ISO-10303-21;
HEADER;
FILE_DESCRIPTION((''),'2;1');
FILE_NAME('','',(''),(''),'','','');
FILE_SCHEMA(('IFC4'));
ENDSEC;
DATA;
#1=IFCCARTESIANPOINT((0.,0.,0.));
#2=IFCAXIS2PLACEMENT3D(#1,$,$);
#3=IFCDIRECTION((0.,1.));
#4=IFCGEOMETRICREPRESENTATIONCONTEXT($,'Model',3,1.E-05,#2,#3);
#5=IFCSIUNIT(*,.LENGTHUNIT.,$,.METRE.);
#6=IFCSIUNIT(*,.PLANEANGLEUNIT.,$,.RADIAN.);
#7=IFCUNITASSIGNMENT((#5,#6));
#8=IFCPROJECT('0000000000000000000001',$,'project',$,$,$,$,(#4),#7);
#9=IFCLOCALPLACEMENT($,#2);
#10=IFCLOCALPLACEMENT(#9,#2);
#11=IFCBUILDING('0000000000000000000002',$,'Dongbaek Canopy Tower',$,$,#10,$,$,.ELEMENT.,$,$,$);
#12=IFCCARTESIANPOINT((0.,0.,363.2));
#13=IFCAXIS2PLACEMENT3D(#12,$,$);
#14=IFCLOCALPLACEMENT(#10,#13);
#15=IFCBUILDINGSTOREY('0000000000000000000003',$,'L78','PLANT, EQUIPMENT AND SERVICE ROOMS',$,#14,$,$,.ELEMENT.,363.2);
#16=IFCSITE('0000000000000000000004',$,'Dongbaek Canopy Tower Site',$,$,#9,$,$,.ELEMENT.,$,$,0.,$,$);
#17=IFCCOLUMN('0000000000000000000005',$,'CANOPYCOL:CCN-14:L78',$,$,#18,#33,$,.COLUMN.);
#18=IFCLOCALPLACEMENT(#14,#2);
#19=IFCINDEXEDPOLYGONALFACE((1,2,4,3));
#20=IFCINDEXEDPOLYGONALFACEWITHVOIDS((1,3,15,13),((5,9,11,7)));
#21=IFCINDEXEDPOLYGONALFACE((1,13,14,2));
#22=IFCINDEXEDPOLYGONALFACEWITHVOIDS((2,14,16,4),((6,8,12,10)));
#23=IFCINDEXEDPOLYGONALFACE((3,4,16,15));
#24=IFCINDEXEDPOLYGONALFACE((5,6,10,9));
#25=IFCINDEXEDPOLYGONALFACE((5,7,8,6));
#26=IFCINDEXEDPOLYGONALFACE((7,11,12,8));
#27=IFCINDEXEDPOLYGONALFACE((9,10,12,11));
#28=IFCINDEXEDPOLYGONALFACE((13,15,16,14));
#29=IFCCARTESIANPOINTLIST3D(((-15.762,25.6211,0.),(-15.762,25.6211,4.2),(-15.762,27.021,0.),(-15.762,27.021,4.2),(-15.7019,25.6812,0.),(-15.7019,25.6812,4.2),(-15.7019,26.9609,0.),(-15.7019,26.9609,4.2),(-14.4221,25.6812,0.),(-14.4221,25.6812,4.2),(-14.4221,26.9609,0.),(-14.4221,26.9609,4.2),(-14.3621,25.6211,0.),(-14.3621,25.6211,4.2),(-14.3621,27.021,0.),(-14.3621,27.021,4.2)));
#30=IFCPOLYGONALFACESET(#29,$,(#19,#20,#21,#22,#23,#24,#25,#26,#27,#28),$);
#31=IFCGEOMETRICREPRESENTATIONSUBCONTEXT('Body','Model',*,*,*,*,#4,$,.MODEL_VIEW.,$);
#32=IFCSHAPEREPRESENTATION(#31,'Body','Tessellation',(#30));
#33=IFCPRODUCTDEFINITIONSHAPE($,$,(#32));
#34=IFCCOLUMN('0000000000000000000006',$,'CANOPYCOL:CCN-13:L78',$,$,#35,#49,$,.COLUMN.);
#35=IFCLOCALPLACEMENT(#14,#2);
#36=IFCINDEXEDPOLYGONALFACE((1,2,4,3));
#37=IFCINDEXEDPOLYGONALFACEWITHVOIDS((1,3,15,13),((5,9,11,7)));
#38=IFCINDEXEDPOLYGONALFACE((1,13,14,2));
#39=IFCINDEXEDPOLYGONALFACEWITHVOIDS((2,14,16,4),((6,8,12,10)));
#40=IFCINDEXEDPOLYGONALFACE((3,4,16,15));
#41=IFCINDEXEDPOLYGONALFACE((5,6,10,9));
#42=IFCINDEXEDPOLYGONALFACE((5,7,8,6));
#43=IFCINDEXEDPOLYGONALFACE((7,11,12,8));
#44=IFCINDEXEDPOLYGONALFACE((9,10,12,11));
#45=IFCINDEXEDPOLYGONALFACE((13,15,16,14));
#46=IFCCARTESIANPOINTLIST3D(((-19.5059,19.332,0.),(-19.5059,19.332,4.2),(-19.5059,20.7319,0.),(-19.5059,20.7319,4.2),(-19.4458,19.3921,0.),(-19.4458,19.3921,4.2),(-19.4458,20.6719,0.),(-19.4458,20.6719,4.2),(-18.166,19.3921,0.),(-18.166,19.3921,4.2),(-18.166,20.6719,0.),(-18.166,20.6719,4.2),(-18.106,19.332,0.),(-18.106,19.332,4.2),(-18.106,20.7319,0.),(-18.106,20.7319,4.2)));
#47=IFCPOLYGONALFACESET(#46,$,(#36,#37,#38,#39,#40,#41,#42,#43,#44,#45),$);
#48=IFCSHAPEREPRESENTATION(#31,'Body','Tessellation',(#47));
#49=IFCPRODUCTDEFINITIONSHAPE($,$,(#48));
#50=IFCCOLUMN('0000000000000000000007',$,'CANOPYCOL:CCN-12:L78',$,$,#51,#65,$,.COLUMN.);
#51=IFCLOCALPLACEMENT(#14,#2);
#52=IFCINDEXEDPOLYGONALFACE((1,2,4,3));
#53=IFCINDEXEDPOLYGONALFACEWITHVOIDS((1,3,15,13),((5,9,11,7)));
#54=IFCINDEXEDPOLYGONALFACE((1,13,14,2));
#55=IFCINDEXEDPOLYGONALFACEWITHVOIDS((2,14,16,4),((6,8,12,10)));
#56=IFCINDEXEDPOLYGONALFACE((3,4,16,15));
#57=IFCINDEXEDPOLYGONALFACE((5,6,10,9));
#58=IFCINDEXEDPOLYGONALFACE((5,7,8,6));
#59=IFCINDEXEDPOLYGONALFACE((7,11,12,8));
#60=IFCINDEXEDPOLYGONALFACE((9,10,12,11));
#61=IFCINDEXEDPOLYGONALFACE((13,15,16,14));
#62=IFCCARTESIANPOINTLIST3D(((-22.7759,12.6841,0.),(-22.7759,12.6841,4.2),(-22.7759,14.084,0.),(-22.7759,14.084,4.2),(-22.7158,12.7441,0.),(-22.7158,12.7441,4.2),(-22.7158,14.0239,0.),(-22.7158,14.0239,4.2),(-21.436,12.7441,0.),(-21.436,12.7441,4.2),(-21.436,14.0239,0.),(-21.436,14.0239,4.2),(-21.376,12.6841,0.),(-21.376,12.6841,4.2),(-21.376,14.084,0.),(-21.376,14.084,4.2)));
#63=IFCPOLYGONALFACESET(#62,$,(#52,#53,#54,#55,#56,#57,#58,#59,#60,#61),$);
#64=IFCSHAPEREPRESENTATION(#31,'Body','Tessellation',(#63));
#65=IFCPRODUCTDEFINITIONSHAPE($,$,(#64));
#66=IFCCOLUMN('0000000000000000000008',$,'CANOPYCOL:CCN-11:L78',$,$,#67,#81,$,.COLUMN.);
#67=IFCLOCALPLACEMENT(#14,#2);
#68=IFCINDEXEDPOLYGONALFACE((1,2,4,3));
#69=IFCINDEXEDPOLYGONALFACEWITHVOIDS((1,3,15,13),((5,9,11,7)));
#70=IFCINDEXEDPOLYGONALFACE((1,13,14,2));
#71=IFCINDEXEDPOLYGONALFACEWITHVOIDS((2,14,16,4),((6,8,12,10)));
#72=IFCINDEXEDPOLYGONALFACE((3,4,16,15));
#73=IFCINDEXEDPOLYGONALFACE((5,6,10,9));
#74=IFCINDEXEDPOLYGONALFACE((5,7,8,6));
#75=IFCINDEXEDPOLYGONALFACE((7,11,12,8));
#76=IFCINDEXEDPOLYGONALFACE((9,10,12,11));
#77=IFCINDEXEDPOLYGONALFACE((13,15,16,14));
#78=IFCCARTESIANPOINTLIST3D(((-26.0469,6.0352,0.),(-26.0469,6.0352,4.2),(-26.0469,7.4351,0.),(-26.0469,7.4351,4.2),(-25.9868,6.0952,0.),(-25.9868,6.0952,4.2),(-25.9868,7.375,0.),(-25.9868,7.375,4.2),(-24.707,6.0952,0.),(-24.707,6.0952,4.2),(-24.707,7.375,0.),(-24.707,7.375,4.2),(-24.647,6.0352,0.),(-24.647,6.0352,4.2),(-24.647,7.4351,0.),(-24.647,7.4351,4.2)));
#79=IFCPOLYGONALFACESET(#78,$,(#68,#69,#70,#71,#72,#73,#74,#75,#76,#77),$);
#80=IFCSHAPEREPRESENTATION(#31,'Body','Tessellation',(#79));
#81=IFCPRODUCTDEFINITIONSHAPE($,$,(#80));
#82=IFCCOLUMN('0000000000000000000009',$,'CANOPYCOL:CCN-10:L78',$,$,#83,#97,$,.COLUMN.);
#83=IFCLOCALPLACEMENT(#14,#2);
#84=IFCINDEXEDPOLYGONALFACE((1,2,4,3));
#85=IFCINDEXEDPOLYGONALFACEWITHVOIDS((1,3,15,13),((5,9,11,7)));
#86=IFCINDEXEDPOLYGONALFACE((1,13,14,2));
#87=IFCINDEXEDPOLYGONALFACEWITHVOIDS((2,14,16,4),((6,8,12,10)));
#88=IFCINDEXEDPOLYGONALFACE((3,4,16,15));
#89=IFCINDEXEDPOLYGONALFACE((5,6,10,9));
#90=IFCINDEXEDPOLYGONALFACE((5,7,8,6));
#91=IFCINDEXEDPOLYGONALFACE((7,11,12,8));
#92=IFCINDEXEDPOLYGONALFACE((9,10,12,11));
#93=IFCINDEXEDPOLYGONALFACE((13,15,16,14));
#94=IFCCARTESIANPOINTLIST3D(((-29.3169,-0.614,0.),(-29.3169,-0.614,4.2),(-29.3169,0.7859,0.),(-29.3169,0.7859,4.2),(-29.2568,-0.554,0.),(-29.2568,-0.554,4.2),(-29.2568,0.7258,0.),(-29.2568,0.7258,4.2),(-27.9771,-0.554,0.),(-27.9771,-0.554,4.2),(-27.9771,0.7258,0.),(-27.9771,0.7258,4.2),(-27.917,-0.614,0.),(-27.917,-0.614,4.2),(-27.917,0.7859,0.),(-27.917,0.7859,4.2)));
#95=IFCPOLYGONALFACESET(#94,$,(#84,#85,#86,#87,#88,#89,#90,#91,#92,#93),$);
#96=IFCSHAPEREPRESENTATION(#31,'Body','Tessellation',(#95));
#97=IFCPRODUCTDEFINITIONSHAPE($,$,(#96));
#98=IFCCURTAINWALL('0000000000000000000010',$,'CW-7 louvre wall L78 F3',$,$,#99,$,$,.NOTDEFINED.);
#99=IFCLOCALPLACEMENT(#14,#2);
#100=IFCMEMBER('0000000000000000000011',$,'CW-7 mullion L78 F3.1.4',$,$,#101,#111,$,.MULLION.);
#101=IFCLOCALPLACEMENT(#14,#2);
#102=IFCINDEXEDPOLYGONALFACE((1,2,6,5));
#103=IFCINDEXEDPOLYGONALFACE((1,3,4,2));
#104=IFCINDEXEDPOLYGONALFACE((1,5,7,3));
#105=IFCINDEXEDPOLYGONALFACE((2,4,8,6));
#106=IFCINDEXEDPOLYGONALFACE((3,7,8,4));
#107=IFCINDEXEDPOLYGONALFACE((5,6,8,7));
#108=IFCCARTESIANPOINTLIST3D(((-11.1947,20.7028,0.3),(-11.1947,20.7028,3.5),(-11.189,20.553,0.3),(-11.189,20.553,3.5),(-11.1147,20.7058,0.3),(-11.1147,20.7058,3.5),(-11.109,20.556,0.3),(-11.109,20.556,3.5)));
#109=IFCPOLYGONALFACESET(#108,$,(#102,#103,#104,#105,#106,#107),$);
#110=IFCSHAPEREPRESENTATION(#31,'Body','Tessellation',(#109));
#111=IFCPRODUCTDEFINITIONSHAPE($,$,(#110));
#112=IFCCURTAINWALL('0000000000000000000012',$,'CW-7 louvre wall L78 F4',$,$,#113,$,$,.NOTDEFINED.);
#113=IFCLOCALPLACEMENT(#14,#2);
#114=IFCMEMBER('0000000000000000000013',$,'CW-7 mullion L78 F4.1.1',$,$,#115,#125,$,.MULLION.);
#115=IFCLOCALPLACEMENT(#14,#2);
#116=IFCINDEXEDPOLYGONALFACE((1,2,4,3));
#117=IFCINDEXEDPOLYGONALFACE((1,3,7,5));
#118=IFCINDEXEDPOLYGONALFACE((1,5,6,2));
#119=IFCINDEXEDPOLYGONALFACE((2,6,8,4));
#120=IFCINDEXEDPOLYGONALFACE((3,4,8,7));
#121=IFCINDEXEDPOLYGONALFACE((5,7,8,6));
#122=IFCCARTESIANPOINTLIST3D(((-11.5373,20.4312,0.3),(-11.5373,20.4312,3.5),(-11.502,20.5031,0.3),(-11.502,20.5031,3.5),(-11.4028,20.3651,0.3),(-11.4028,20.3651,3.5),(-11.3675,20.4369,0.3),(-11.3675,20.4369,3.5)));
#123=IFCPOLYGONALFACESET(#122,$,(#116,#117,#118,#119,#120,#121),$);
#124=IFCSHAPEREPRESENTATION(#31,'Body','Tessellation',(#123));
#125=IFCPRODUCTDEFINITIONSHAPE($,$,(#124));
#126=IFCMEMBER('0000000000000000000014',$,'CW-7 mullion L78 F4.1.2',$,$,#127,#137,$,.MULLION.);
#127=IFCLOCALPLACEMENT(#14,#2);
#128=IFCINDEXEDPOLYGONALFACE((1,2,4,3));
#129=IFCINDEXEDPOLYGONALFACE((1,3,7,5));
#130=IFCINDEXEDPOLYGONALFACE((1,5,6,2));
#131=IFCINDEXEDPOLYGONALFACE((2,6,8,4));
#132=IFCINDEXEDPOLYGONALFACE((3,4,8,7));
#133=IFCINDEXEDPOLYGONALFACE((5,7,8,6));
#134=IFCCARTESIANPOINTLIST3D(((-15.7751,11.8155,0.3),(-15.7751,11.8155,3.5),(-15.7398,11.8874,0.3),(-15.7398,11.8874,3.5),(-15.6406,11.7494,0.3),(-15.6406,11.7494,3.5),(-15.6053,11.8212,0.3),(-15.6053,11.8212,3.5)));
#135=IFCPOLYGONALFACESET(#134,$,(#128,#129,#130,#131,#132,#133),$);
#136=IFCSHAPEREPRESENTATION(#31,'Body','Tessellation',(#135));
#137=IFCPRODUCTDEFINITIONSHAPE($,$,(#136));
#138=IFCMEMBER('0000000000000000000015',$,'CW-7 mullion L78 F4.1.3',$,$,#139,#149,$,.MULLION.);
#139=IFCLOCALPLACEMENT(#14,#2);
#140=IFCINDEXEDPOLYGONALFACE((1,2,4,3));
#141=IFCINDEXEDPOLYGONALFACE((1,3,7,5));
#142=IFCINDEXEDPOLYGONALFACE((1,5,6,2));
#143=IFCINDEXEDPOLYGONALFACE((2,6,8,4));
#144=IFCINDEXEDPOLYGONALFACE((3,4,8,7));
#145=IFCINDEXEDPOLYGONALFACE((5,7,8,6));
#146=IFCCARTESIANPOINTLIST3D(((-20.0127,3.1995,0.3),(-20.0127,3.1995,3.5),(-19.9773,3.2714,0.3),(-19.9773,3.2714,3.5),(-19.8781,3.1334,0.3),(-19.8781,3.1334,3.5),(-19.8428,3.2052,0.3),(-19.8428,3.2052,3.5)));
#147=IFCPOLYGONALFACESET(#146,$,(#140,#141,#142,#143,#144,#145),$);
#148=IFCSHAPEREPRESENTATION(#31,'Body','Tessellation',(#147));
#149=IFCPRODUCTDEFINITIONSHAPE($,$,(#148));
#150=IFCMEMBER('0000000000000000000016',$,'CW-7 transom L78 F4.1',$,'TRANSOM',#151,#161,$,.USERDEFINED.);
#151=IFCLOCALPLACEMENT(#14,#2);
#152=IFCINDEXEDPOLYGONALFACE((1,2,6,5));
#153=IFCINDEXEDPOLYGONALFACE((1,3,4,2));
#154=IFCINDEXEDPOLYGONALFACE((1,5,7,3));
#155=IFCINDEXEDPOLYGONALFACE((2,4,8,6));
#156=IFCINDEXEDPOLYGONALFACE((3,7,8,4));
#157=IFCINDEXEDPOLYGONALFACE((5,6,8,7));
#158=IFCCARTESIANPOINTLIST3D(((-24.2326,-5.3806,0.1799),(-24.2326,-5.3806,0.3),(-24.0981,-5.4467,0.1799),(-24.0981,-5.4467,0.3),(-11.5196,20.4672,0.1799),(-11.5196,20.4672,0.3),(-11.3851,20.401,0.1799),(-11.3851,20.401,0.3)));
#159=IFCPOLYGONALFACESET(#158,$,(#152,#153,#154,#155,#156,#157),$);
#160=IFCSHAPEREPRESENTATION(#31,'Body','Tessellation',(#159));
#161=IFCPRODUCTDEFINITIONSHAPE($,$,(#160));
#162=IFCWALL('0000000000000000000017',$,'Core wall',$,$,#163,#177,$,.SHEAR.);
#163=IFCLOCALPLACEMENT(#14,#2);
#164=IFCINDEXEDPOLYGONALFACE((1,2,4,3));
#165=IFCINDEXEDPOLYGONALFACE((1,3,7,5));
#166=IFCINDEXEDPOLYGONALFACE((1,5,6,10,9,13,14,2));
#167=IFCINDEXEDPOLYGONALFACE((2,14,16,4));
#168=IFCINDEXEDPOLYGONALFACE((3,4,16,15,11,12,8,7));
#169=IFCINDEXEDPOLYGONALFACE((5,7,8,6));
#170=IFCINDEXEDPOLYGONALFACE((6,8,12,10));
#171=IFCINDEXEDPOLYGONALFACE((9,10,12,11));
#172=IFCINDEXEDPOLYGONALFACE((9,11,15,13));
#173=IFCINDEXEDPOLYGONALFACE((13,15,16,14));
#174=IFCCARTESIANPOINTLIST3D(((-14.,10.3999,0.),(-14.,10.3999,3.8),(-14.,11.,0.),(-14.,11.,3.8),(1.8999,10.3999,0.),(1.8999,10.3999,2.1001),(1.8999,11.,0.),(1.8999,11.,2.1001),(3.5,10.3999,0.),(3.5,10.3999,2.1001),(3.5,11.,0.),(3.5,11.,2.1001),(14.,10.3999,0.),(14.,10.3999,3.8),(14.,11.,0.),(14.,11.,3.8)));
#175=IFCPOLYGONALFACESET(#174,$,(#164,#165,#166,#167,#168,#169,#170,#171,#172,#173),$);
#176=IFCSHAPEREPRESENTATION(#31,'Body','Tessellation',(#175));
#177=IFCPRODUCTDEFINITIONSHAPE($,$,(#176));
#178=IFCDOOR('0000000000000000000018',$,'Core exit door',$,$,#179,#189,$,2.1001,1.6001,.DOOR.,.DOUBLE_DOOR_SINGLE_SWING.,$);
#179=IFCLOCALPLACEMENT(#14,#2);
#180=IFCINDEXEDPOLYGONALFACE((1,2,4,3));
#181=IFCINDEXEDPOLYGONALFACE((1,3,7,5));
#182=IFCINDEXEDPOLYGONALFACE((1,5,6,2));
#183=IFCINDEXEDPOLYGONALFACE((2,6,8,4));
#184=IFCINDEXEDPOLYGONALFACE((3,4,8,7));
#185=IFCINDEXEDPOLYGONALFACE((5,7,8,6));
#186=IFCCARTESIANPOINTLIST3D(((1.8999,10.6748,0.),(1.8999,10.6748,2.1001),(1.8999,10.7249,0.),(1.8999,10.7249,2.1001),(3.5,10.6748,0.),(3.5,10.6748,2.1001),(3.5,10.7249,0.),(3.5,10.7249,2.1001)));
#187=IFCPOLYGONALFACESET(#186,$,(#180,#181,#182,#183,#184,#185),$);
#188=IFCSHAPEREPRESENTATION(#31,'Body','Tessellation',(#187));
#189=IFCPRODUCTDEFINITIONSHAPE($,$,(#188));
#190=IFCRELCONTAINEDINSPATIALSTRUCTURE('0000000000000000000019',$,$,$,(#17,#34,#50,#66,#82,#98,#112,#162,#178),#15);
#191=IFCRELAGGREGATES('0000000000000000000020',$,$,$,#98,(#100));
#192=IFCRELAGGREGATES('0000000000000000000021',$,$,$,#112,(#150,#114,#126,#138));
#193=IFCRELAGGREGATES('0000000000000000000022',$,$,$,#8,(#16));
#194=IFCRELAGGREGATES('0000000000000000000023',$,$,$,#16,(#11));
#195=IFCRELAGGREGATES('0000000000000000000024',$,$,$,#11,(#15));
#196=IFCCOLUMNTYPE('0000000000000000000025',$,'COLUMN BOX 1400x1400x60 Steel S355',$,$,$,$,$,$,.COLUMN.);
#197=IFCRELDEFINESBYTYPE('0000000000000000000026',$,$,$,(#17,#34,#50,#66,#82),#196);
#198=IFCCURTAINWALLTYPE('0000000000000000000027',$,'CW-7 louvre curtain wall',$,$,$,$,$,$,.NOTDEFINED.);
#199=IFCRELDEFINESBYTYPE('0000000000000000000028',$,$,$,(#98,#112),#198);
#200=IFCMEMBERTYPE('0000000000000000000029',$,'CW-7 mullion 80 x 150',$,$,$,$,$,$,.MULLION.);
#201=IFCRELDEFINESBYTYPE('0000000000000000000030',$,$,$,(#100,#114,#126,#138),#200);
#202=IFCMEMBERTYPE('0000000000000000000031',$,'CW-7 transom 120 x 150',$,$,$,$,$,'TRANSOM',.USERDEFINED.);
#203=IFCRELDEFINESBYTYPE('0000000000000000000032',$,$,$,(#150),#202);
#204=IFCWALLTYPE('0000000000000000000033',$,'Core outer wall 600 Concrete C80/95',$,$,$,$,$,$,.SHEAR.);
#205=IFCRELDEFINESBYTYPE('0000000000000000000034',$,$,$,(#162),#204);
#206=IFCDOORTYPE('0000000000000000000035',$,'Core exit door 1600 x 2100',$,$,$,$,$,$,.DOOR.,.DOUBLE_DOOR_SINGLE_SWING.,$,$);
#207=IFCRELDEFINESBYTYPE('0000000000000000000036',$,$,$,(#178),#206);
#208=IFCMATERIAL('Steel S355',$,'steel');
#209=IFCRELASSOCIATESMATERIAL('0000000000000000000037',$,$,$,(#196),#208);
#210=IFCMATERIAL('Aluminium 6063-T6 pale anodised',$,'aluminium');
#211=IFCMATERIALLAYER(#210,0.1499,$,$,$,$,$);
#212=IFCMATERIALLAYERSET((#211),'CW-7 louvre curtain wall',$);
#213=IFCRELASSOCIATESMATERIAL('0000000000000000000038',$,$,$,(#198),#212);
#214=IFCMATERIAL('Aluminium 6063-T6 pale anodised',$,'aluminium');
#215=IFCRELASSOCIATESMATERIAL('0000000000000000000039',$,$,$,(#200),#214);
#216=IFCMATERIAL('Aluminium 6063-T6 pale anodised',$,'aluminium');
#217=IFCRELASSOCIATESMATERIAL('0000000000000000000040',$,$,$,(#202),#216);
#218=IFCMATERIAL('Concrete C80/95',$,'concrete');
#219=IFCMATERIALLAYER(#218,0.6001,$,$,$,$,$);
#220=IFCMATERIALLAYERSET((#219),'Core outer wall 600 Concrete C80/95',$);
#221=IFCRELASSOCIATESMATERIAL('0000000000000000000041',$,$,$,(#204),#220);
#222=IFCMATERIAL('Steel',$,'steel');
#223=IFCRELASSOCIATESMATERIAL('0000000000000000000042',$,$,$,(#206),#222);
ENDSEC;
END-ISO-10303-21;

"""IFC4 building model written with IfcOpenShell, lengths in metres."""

from ifc_helpers import new_model, si_unit, direction, frame, frame_2d, origin, origin_2d, place, context, subcontext, project, spatial, rectangle, hollow_rectangle, extrude, material, layer, layer_set, material_profile, profile_set, type_object, element, fill, aggregate, save


model = new_model("IFC4")

# Units and contexts
model_context = context("Model", 3, precision=1e-05, world=origin(), true_north=direction((0.0, 1.0)))
body_context = subcontext(model_context, "Body", "Model", "MODEL_VIEW")
ifc_project = project(units=[si_unit("LENGTHUNIT", "METRE"), si_unit("PLANEANGLEUNIT", "RADIAN")], contexts=[model_context])

# Site, building, storey
site_placement = place(None, origin())
site = spatial("IfcSite", under=ifc_project, at=site_placement, Name="Dongbaek Canopy Tower Site", CompositionType="ELEMENT", RefElevation=0.0)
building_placement = place(site_placement, origin())
building = spatial("IfcBuilding", under=site, at=building_placement, Name="Dongbaek Canopy Tower", CompositionType="ELEMENT")
storey_placement = place(building_placement, frame((0.0, 0.0, 363.2)))
storey = spatial("IfcBuildingStorey", under=building, at=storey_placement, Name="L78", Description="PLANT, EQUIPMENT AND SERVICE ROOMS", CompositionType="ELEMENT", Elevation=363.2)

# Columns
ifc_material_1 = material(Name="Steel S355", Category="steel")
ifc_material_profile_1 = material_profile(ifc_material_1, hollow_rectangle(XDim=1.3999, YDim=1.3999, WallThickness=0.0601, at=origin_2d()), Name="COLUMN BOX 1400x1400x60 Steel S355")
ifc_profile_set_1 = profile_set([ifc_material_profile_1], Name="Steel S355")
column_type = type_object("IfcColumnType", Name="COLUMN BOX 1400x1400x60 Steel S355", PredefinedType="COLUMN", material=ifc_profile_set_1)
for number, where, z_axis, x_axis, name in (
    (1, (-15.062, 26.321, 0.0), (0.0, 0.0, 1.0), (1.0, 0.0, 0.0), "CANOPYCOL:CCN-14:L78"),
    (2, (-18.8059, 20.032, 0.0), (0.0, 0.0, 1.0), (1.0, 0.0, 0.0), "CANOPYCOL:CCN-13:L78"),
    (3, (-22.0759, 13.384, 0.0), (0.0, 0.0, 1.0), (1.0, 0.0, 0.0), "CANOPYCOL:CCN-12:L78"),
    (4, (-25.3469, 6.7351, 0.0), (0.0, 0.0, 1.0), (1.0, 0.0, 0.0), "CANOPYCOL:CCN-11:L78"),
    (5, (-28.6169, 0.0859, 0.0), (0.0, 0.0, 1.0), (1.0, 0.0, 0.0), "CANOPYCOL:CCN-10:L78"),
):
    element("IfcColumn", number, at=place(storey_placement, frame(where, z_axis=z_axis, x_axis=x_axis)), inside=storey, type_object=column_type, Name=name, PredefinedType="COLUMN", context=body_context, shape_type="SweptSolid", body=[
        extrude(hollow_rectangle(XDim=1.3999, YDim=1.3999, WallThickness=0.0601, at=origin_2d()), origin(), (0.0, 0.0, 1.0), 4.2),
    ])

# Curtain wall, member
ifc_material_2 = material(Name="Aluminium 6063-T6 pale anodised", Category="aluminium")
ifc_layer_1 = layer(ifc_material_2, 0.1499)
ifc_layer_set_1 = layer_set([ifc_layer_1], Name="CW-7 louvre curtain wall")
curtain_wall_type = type_object("IfcCurtainWallType", Name="CW-7 louvre curtain wall", PredefinedType="NOTDEFINED", material=ifc_layer_set_1)
curtain_wall_1_placement = place(storey_placement, origin())
curtain_wall_1 = element("IfcCurtainWall", 6, at=curtain_wall_1_placement, inside=storey, type_object=curtain_wall_type, Name="CW-7 louvre wall L78 F3", PredefinedType="NOTDEFINED")
ifc_material_3 = material(Name="Aluminium 6063-T6 pale anodised", Category="aluminium")
ifc_material_profile_2 = material_profile(ifc_material_3, rectangle(XDim=0.1499, YDim=0.0801, at=origin_2d()), Name="CW-7 mullion 80 x 150")
ifc_profile_set_2 = profile_set([ifc_material_profile_2], Name="Aluminium 6063-T6 pale anodised")
member_type_1 = type_object("IfcMemberType", Name="CW-7 mullion 80 x 150", PredefinedType="MULLION", material=ifc_profile_set_2)
member_1_placement = place(storey_placement, frame((-11.1519, 20.6294, 0.3), z_axis=(0.0, 0.0, 1.0), x_axis=(-0.038232, 0.999269, 0.0)))
member_1 = element("IfcMember", 7, at=member_1_placement, type_object=member_type_1, Name="CW-7 mullion L78 F3.1.4", PredefinedType="MULLION", context=body_context, shape_type="SweptSolid", body=[
    extrude(rectangle(XDim=0.1499, YDim=0.0801, at=origin_2d()), origin(), (0.0, 0.0, 1.0), 3.2),
])
aggregate(curtain_wall_1, [member_1])

# Curtain wall, members
curtain_wall_2_placement = place(storey_placement, origin())
curtain_wall_2 = element("IfcCurtainWall", 8, at=curtain_wall_2_placement, inside=storey, type_object=curtain_wall_type, Name="CW-7 louvre wall L78 F4", PredefinedType="NOTDEFINED")
member_2_placement = place(storey_placement, frame((-11.4524, 20.4341, 0.3), z_axis=(0.0, 0.0, 1.0), x_axis=(-0.897339, 0.441342, 0.0)))
member_2 = element("IfcMember", 9, at=member_2_placement, type_object=member_type_1, Name="CW-7 mullion L78 F4.1.1", PredefinedType="MULLION", context=body_context, shape_type="SweptSolid", body=[
    extrude(rectangle(XDim=0.1499, YDim=0.0801, at=origin_2d()), origin(), (0.0, 0.0, 1.0), 3.2),
])
member_3_placement = place(storey_placement, frame((-15.6902, 11.8184, 0.3), z_axis=(0.0, 0.0, 1.0), x_axis=(-0.897339, 0.441342, 0.0)))
member_3 = element("IfcMember", 10, at=member_3_placement, type_object=member_type_1, Name="CW-7 mullion L78 F4.1.2", PredefinedType="MULLION", context=body_context, shape_type="SweptSolid", body=[
    extrude(rectangle(XDim=0.1499, YDim=0.0801, at=origin_2d()), origin(), (0.0, 0.0, 1.0), 3.2),
])
member_4_placement = place(storey_placement, frame((-19.9277, 3.2024, 0.3), z_axis=(0.0, 0.0, 1.0), x_axis=(-0.897339, 0.441342, 0.0)))
member_4 = element("IfcMember", 11, at=member_4_placement, type_object=member_type_1, Name="CW-7 mullion L78 F4.1.3", PredefinedType="MULLION", context=body_context, shape_type="SweptSolid", body=[
    extrude(rectangle(XDim=0.1499, YDim=0.0801, at=origin_2d()), origin(), (0.0, 0.0, 1.0), 3.2),
])
ifc_material_4 = material(Name="Aluminium 6063-T6 pale anodised", Category="aluminium")
ifc_material_profile_3 = material_profile(ifc_material_4, rectangle(XDim=0.1499, YDim=0.1201, at=origin_2d()), Name="CW-7 transom 120 x 150")
ifc_profile_set_3 = profile_set([ifc_material_profile_3], Name="Aluminium 6063-T6 pale anodised")
member_type_2 = type_object("IfcMemberType", Name="CW-7 transom 120 x 150", ElementType="TRANSOM", PredefinedType="USERDEFINED", material=ifc_profile_set_3)
member_5_placement = place(storey_placement, frame((-11.4524, 20.4341, 0.24), z_axis=(-0.441346, -0.897337, 0.0), x_axis=(0.897337, -0.441346, 0.0)))
member_5 = element("IfcMember", 12, at=member_5_placement, type_object=member_type_2, Name="CW-7 transom L78 F4.1", ObjectType="TRANSOM", PredefinedType="USERDEFINED", context=body_context, shape_type="SweptSolid", body=[
    extrude(rectangle(XDim=0.1499, YDim=0.1201, at=origin_2d()), origin(), (0.0, 0.0, 1.0), 28.8049),
])

# Wall, opening, door
ifc_material_5 = material(Name="Concrete C80/95", Category="concrete")
ifc_layer_2 = layer(ifc_material_5, 0.6001)
ifc_layer_set_2 = layer_set([ifc_layer_2], Name="Core outer wall 600 Concrete C80/95")
wall_type_1 = type_object("IfcWallType", Name="Core outer wall 600 Concrete C80/95", PredefinedType="SHEAR", material=ifc_layer_set_2)
wall_1_placement = place(storey_placement, frame((-14.0, 10.7, 0.0), z_axis=(0.0, 0.0, 1.0), x_axis=(1.0, 0.0, 0.0)))
wall_1 = element("IfcWall", 13, at=wall_1_placement, inside=storey, type_object=wall_type_1, Name="Core wall", PredefinedType="SHEAR", context=body_context, shape_type="SweptSolid", body=[
    extrude(rectangle(XDim=28.0, YDim=0.6001, at=frame_2d((14.0, 0.0))), origin(), (0.0, 0.0, 1.0), 3.8),
])
opening_1_placement = place(wall_1_placement, frame((15.8999, 0.0, 0.0)))
opening_1 = element("IfcOpeningElement", 14, at=opening_1_placement, cuts=wall_1, PredefinedType="OPENING", context=body_context, shape_type="SweptSolid", body=[
    extrude(rectangle(XDim=1.6001, YDim=2.1001, at=frame_2d((0.8, 1.05))), frame((0.0, 0.3101, 0.0), z_axis=(0.0, -1.0, 0.0), x_axis=(1.0, 0.0, 0.0)), (0.0, 0.0, 1.0), 0.6201),
])
ifc_material_6 = material(Name="Steel", Category="steel")
door_type_1 = type_object("IfcDoorType", Name="Core exit door 1600 x 2100", OperationType="DOUBLE_DOOR_SINGLE_SWING", PredefinedType="DOOR", material=ifc_material_6)
door_1_placement = place(opening_1_placement, origin())
door_1 = element("IfcDoor", 15, at=door_1_placement, inside=storey, type_object=door_type_1, Name="Core exit door", OperationType="DOUBLE_DOOR_SINGLE_SWING", OverallHeight=2.1001, OverallWidth=1.6001, PredefinedType="DOOR", context=body_context, shape_type="SweptSolid", body=[
    extrude(rectangle(XDim=1.6001, YDim=2.1001, at=frame_2d((0.8, 1.05))), frame((0.0, 0.0249, 0.0), z_axis=(0.0, -1.0, 0.0), x_axis=(1.0, 0.0, 0.0)), (0.0, 0.0, 1.0), 0.05),
])
fill(opening_1, door_1)

aggregate(curtain_wall_2, [member_5, member_2, member_3, member_4])

save(model, "model.ifc")
